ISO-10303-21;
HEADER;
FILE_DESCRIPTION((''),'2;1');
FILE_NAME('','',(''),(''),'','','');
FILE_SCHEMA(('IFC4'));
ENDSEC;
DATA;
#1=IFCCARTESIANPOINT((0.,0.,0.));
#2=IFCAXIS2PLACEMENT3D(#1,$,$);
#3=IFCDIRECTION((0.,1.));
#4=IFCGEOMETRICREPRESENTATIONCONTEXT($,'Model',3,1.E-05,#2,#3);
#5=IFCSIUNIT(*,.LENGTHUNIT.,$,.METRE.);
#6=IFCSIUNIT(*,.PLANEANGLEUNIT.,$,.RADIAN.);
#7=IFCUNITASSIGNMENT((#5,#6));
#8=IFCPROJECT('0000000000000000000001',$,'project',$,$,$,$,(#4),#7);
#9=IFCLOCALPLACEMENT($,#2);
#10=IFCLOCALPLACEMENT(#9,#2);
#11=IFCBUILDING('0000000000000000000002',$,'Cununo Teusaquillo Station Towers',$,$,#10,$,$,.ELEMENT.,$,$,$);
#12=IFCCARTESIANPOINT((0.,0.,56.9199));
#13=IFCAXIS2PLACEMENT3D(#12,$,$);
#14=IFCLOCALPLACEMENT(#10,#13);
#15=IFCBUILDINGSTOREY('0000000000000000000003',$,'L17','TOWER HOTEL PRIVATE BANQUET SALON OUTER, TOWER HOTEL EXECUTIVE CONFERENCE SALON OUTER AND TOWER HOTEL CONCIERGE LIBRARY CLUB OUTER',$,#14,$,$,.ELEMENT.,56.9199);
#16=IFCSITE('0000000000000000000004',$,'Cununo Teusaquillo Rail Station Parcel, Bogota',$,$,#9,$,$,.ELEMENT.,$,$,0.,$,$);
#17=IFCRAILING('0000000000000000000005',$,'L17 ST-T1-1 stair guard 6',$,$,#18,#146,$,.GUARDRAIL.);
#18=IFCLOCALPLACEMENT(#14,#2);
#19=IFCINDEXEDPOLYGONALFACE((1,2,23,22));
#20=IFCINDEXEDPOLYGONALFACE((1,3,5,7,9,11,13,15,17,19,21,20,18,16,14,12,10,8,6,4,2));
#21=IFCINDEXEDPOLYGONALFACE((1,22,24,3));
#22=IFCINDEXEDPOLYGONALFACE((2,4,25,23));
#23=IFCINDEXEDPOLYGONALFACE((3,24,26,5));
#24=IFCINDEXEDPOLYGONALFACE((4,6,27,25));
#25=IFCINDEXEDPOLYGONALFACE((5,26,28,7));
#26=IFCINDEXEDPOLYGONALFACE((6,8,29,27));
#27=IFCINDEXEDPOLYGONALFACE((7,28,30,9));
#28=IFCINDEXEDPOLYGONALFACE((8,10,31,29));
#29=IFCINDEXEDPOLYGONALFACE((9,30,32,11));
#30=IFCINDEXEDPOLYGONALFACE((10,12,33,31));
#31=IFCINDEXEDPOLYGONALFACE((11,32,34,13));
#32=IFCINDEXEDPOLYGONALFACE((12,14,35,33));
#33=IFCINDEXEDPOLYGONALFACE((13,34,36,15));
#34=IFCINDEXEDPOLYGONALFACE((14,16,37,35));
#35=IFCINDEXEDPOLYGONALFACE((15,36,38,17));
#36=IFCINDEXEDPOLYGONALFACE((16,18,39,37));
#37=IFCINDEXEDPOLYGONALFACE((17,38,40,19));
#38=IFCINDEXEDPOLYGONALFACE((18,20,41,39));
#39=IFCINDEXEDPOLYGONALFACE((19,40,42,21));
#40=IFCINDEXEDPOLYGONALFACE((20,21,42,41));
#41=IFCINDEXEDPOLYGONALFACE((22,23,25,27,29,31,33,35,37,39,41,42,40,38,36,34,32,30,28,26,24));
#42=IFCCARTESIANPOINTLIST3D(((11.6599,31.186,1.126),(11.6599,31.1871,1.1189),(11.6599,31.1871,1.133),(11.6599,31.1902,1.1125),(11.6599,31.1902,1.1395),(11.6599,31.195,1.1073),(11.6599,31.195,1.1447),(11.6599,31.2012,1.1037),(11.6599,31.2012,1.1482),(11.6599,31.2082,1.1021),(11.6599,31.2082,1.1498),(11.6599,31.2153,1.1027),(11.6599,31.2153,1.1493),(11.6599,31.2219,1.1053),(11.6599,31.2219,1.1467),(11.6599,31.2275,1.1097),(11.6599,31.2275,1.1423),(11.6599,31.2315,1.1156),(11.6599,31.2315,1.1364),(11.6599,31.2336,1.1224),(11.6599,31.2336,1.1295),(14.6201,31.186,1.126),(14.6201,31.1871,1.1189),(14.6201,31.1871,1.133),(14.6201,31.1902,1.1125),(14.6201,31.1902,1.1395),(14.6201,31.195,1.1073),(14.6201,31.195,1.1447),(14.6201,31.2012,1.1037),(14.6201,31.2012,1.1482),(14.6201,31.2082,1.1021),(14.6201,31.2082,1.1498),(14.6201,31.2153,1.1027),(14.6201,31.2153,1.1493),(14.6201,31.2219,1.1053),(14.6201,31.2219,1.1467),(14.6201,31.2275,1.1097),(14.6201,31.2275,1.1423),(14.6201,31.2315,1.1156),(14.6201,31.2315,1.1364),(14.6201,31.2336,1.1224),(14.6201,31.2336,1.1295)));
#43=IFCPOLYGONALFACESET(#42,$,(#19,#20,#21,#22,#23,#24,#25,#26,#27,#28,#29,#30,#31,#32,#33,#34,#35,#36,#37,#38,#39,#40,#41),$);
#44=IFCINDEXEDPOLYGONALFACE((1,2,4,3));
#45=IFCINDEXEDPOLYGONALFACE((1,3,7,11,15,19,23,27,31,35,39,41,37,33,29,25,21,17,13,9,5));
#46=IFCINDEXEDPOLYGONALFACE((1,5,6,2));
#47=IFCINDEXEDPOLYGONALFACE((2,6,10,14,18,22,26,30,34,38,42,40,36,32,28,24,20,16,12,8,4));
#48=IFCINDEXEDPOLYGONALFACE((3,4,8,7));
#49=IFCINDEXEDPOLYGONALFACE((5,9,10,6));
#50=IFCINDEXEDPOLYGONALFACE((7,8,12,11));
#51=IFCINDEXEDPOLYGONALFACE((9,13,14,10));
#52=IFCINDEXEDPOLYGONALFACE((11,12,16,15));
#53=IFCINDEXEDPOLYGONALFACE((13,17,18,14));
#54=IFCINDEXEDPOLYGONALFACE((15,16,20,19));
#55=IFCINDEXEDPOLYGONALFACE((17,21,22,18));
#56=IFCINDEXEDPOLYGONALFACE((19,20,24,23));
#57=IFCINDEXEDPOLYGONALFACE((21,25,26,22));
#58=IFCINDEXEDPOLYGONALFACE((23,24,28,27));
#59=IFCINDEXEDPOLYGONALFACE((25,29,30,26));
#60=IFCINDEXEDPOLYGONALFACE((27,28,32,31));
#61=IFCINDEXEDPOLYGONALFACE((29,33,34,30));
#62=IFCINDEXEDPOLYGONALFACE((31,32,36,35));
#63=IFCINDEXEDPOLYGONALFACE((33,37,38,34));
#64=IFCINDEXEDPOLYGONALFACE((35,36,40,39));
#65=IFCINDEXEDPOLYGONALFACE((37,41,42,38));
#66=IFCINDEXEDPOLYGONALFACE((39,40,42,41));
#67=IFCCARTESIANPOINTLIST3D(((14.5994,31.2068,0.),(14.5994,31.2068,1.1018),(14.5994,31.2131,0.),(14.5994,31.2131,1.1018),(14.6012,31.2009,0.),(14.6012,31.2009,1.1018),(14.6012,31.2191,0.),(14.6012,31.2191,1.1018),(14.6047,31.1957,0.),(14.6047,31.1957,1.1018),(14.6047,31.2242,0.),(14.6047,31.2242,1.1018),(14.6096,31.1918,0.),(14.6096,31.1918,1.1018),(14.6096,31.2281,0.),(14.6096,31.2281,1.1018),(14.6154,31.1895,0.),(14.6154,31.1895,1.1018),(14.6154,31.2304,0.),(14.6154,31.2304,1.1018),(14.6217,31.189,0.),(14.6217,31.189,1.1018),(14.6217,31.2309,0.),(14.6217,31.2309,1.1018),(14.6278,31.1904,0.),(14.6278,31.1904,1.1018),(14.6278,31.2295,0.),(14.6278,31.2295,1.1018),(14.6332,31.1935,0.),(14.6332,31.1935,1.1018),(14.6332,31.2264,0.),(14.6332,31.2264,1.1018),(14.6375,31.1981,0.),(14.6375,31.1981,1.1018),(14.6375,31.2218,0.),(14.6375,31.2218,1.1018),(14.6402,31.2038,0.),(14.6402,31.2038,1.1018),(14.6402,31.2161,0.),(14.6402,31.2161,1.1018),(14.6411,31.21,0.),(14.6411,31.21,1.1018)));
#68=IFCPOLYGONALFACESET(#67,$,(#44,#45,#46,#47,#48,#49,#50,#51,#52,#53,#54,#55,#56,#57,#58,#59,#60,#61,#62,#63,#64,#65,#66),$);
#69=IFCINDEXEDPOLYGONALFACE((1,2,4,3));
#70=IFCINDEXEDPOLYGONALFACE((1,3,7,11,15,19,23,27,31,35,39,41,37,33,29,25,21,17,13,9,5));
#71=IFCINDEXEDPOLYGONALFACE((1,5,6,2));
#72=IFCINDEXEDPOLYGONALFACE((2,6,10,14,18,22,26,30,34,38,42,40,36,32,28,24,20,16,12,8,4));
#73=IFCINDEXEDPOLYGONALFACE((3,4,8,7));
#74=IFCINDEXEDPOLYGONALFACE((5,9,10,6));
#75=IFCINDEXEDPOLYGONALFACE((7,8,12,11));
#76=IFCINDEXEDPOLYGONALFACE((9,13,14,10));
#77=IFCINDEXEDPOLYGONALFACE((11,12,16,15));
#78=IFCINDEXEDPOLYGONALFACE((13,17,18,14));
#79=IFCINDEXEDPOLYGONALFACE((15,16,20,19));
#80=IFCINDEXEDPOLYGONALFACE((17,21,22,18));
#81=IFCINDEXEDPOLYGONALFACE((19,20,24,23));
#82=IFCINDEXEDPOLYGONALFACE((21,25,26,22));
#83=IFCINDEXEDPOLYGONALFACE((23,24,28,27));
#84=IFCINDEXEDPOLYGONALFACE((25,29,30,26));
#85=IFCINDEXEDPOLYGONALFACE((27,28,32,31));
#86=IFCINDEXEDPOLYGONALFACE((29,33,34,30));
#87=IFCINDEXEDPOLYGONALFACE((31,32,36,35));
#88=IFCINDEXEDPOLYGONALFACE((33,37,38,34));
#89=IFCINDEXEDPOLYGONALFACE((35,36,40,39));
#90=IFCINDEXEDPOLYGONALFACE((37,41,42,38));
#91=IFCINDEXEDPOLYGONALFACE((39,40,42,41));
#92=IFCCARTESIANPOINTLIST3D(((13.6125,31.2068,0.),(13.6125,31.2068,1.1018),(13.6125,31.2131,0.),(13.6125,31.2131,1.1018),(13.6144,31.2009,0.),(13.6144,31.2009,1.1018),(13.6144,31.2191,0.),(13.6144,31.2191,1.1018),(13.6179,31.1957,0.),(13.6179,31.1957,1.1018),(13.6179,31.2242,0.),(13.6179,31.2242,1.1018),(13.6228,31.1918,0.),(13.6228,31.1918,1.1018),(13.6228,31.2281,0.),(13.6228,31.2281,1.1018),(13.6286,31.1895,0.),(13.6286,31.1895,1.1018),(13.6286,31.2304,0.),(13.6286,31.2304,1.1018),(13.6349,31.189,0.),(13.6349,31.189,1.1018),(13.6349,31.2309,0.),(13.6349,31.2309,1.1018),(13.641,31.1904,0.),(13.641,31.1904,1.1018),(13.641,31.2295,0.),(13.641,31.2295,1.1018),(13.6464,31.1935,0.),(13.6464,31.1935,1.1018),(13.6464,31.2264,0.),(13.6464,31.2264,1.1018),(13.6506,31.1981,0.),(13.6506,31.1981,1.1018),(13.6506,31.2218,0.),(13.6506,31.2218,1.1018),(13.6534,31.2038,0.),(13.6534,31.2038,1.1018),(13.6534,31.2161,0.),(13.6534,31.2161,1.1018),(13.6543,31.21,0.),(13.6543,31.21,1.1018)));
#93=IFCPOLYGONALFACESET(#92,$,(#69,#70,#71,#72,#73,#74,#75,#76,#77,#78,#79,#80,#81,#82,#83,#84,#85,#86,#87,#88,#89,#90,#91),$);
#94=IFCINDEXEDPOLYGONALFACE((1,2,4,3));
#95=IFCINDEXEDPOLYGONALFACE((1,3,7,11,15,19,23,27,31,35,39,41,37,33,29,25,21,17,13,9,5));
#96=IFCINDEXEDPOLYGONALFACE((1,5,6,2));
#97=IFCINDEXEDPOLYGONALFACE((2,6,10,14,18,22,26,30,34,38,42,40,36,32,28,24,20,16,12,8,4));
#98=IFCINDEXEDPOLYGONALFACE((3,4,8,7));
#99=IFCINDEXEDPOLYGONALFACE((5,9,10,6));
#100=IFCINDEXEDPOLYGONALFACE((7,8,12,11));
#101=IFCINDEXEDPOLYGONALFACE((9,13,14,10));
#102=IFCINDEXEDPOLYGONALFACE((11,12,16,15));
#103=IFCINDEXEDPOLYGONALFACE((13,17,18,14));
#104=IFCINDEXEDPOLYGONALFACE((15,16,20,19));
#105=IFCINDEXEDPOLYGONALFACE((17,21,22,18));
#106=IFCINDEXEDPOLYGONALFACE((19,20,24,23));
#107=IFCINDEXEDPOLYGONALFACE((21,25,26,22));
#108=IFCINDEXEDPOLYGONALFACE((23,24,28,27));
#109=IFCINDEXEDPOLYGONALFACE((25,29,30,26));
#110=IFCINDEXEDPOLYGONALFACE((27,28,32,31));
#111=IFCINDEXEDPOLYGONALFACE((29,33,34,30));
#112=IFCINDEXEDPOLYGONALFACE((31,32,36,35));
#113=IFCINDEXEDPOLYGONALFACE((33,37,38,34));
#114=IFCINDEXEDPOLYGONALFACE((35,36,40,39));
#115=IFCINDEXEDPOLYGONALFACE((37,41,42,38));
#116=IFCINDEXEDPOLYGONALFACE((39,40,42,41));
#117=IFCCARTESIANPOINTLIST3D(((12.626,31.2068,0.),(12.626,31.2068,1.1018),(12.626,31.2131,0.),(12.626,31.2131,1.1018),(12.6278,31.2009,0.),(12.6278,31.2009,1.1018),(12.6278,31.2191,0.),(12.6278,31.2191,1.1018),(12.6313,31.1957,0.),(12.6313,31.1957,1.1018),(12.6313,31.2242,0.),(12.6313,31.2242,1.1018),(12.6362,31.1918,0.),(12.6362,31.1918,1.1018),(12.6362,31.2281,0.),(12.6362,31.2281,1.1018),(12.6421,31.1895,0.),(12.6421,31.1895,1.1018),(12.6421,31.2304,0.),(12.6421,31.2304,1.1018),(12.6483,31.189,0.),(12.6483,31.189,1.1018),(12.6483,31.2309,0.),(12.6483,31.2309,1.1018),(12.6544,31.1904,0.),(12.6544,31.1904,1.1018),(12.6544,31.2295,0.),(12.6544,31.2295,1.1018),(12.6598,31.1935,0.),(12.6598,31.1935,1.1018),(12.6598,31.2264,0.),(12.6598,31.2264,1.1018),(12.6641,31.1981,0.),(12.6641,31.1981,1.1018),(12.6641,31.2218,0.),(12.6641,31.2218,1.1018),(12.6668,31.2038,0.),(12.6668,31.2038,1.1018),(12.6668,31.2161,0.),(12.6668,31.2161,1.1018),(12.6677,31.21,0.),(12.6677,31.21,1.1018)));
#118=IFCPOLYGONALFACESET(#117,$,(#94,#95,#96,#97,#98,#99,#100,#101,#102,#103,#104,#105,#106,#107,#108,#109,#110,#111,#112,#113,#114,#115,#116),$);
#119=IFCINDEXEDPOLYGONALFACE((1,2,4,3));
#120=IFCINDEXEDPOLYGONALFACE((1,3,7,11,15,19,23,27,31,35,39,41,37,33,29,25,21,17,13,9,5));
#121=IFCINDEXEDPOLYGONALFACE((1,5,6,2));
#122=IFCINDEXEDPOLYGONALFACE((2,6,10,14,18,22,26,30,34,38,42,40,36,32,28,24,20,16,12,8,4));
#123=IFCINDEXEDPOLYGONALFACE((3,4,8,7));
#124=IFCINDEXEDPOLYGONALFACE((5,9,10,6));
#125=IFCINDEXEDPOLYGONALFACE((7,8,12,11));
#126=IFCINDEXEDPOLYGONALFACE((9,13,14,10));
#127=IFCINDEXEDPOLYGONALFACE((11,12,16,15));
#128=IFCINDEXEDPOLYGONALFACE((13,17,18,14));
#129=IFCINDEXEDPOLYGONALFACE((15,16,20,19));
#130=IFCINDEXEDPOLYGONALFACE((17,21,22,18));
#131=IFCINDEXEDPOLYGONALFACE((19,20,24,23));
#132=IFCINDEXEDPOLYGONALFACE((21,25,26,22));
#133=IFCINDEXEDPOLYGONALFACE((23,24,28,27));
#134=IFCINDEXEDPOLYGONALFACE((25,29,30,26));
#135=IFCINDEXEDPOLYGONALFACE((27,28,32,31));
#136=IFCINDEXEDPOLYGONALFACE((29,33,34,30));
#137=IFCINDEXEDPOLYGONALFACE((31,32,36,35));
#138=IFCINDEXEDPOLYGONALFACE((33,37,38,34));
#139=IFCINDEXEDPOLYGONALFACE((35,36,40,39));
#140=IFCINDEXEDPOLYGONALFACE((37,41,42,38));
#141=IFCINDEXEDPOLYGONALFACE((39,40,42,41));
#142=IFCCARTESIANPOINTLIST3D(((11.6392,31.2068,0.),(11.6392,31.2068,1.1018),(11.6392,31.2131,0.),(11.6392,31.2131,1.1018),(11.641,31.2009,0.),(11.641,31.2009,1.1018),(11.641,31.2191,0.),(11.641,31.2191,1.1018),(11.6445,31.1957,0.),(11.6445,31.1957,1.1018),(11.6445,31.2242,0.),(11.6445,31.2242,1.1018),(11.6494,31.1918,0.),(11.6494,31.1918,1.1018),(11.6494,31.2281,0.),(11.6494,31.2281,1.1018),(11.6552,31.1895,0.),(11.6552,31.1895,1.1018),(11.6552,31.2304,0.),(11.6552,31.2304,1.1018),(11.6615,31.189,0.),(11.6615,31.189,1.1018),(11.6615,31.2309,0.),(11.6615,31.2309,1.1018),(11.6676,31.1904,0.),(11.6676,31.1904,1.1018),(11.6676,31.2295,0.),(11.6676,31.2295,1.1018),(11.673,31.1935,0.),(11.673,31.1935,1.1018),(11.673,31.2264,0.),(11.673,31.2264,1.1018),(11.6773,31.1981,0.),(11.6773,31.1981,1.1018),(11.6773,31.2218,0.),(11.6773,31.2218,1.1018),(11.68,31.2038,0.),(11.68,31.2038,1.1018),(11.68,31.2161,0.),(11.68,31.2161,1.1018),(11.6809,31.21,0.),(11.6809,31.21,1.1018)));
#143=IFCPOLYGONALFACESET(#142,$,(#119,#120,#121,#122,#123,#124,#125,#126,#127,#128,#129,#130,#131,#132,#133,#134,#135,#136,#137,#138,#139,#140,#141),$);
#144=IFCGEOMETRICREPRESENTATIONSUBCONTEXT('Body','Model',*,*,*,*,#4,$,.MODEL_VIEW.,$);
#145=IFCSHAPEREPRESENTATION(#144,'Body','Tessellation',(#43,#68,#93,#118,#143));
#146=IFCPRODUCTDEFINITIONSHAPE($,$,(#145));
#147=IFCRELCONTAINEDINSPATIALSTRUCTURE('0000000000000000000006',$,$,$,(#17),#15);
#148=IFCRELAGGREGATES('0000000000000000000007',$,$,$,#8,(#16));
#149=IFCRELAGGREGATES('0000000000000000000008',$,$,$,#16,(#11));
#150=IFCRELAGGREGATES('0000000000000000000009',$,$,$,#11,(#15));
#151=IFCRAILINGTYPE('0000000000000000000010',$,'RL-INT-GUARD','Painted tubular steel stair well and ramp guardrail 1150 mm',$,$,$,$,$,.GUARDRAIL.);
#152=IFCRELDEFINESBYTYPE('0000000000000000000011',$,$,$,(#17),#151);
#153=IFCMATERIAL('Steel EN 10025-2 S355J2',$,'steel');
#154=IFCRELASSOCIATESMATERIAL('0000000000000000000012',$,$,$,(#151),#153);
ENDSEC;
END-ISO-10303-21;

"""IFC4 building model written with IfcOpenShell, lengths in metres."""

from ifc_helpers import new_model, si_unit, direction, frame, origin, origin_2d, place, context, subcontext, project, spatial, circle, extrude, material, type_object, element, save


model = new_model("IFC4")

# Units and contexts
model_context = context("Model", 3, precision=1e-05, world=origin(), true_north=direction((0.0, 1.0)))
body_context = subcontext(model_context, "Body", "Model", "MODEL_VIEW")
ifc_project = project(units=[si_unit("LENGTHUNIT", "METRE"), si_unit("PLANEANGLEUNIT", "RADIAN")], contexts=[model_context])

# Site, building, storey
site_placement = place(None, origin())
site = spatial("IfcSite", under=ifc_project, at=site_placement, Name="Cununo Teusaquillo Rail Station Parcel, Bogota", CompositionType="ELEMENT", RefElevation=0.0)
building_placement = place(site_placement, origin())
building = spatial("IfcBuilding", under=site, at=building_placement, Name="Cununo Teusaquillo Station Towers", CompositionType="ELEMENT")
storey_placement = place(building_placement, frame((0.0, 0.0, 56.9199)))
storey = spatial("IfcBuildingStorey", under=building, at=storey_placement, Name="L17", Description="TOWER HOTEL PRIVATE BANQUET SALON OUTER, TOWER HOTEL EXECUTIVE CONFERENCE SALON OUTER AND TOWER HOTEL CONCIERGE LIBRARY CLUB OUTER", CompositionType="ELEMENT", Elevation=56.9199)

# Railing
ifc_material_1 = material(Name="Steel EN 10025-2 S355J2", Category="steel")
railing_type_1 = type_object("IfcRailingType", Name="RL-INT-GUARD", Description="Painted tubular steel stair well and ramp guardrail 1150 mm", PredefinedType="GUARDRAIL", material=ifc_material_1)
railing_1_placement = place(storey_placement, frame((14.6201, 31.21, 0.0)))
element("IfcRailing", 1, at=railing_1_placement, inside=storey, type_object=railing_type_1, Name="L17 ST-T1-1 stair guard 6", PredefinedType="GUARDRAIL", context=body_context, shape_type="SweptSolid", body=[
    extrude(circle(Radius=0.0239, at=origin_2d()), frame((0.0, 0.0, 1.126), z_axis=(-1.0, 0.0, 0.0), x_axis=(0.0, -1.0, 0.0)), (0.0, 0.0, 1.0), 2.9602),
    extrude(circle(Radius=0.021, at=origin_2d()), origin(), (0.0, 0.0, 1.0), 1.1018),
    extrude(circle(Radius=0.021, at=origin_2d()), frame((-0.9868, 0.0, 0.0)), (0.0, 0.0, 1.0), 1.1018),
    extrude(circle(Radius=0.021, at=origin_2d()), frame((-1.9734, 0.0, 0.0)), (0.0, 0.0, 1.0), 1.1018),
    extrude(circle(Radius=0.021, at=origin_2d()), frame((-2.9602, 0.0, 0.0)), (0.0, 0.0, 1.0), 1.1018),
])

save(model, "model.ifc")
